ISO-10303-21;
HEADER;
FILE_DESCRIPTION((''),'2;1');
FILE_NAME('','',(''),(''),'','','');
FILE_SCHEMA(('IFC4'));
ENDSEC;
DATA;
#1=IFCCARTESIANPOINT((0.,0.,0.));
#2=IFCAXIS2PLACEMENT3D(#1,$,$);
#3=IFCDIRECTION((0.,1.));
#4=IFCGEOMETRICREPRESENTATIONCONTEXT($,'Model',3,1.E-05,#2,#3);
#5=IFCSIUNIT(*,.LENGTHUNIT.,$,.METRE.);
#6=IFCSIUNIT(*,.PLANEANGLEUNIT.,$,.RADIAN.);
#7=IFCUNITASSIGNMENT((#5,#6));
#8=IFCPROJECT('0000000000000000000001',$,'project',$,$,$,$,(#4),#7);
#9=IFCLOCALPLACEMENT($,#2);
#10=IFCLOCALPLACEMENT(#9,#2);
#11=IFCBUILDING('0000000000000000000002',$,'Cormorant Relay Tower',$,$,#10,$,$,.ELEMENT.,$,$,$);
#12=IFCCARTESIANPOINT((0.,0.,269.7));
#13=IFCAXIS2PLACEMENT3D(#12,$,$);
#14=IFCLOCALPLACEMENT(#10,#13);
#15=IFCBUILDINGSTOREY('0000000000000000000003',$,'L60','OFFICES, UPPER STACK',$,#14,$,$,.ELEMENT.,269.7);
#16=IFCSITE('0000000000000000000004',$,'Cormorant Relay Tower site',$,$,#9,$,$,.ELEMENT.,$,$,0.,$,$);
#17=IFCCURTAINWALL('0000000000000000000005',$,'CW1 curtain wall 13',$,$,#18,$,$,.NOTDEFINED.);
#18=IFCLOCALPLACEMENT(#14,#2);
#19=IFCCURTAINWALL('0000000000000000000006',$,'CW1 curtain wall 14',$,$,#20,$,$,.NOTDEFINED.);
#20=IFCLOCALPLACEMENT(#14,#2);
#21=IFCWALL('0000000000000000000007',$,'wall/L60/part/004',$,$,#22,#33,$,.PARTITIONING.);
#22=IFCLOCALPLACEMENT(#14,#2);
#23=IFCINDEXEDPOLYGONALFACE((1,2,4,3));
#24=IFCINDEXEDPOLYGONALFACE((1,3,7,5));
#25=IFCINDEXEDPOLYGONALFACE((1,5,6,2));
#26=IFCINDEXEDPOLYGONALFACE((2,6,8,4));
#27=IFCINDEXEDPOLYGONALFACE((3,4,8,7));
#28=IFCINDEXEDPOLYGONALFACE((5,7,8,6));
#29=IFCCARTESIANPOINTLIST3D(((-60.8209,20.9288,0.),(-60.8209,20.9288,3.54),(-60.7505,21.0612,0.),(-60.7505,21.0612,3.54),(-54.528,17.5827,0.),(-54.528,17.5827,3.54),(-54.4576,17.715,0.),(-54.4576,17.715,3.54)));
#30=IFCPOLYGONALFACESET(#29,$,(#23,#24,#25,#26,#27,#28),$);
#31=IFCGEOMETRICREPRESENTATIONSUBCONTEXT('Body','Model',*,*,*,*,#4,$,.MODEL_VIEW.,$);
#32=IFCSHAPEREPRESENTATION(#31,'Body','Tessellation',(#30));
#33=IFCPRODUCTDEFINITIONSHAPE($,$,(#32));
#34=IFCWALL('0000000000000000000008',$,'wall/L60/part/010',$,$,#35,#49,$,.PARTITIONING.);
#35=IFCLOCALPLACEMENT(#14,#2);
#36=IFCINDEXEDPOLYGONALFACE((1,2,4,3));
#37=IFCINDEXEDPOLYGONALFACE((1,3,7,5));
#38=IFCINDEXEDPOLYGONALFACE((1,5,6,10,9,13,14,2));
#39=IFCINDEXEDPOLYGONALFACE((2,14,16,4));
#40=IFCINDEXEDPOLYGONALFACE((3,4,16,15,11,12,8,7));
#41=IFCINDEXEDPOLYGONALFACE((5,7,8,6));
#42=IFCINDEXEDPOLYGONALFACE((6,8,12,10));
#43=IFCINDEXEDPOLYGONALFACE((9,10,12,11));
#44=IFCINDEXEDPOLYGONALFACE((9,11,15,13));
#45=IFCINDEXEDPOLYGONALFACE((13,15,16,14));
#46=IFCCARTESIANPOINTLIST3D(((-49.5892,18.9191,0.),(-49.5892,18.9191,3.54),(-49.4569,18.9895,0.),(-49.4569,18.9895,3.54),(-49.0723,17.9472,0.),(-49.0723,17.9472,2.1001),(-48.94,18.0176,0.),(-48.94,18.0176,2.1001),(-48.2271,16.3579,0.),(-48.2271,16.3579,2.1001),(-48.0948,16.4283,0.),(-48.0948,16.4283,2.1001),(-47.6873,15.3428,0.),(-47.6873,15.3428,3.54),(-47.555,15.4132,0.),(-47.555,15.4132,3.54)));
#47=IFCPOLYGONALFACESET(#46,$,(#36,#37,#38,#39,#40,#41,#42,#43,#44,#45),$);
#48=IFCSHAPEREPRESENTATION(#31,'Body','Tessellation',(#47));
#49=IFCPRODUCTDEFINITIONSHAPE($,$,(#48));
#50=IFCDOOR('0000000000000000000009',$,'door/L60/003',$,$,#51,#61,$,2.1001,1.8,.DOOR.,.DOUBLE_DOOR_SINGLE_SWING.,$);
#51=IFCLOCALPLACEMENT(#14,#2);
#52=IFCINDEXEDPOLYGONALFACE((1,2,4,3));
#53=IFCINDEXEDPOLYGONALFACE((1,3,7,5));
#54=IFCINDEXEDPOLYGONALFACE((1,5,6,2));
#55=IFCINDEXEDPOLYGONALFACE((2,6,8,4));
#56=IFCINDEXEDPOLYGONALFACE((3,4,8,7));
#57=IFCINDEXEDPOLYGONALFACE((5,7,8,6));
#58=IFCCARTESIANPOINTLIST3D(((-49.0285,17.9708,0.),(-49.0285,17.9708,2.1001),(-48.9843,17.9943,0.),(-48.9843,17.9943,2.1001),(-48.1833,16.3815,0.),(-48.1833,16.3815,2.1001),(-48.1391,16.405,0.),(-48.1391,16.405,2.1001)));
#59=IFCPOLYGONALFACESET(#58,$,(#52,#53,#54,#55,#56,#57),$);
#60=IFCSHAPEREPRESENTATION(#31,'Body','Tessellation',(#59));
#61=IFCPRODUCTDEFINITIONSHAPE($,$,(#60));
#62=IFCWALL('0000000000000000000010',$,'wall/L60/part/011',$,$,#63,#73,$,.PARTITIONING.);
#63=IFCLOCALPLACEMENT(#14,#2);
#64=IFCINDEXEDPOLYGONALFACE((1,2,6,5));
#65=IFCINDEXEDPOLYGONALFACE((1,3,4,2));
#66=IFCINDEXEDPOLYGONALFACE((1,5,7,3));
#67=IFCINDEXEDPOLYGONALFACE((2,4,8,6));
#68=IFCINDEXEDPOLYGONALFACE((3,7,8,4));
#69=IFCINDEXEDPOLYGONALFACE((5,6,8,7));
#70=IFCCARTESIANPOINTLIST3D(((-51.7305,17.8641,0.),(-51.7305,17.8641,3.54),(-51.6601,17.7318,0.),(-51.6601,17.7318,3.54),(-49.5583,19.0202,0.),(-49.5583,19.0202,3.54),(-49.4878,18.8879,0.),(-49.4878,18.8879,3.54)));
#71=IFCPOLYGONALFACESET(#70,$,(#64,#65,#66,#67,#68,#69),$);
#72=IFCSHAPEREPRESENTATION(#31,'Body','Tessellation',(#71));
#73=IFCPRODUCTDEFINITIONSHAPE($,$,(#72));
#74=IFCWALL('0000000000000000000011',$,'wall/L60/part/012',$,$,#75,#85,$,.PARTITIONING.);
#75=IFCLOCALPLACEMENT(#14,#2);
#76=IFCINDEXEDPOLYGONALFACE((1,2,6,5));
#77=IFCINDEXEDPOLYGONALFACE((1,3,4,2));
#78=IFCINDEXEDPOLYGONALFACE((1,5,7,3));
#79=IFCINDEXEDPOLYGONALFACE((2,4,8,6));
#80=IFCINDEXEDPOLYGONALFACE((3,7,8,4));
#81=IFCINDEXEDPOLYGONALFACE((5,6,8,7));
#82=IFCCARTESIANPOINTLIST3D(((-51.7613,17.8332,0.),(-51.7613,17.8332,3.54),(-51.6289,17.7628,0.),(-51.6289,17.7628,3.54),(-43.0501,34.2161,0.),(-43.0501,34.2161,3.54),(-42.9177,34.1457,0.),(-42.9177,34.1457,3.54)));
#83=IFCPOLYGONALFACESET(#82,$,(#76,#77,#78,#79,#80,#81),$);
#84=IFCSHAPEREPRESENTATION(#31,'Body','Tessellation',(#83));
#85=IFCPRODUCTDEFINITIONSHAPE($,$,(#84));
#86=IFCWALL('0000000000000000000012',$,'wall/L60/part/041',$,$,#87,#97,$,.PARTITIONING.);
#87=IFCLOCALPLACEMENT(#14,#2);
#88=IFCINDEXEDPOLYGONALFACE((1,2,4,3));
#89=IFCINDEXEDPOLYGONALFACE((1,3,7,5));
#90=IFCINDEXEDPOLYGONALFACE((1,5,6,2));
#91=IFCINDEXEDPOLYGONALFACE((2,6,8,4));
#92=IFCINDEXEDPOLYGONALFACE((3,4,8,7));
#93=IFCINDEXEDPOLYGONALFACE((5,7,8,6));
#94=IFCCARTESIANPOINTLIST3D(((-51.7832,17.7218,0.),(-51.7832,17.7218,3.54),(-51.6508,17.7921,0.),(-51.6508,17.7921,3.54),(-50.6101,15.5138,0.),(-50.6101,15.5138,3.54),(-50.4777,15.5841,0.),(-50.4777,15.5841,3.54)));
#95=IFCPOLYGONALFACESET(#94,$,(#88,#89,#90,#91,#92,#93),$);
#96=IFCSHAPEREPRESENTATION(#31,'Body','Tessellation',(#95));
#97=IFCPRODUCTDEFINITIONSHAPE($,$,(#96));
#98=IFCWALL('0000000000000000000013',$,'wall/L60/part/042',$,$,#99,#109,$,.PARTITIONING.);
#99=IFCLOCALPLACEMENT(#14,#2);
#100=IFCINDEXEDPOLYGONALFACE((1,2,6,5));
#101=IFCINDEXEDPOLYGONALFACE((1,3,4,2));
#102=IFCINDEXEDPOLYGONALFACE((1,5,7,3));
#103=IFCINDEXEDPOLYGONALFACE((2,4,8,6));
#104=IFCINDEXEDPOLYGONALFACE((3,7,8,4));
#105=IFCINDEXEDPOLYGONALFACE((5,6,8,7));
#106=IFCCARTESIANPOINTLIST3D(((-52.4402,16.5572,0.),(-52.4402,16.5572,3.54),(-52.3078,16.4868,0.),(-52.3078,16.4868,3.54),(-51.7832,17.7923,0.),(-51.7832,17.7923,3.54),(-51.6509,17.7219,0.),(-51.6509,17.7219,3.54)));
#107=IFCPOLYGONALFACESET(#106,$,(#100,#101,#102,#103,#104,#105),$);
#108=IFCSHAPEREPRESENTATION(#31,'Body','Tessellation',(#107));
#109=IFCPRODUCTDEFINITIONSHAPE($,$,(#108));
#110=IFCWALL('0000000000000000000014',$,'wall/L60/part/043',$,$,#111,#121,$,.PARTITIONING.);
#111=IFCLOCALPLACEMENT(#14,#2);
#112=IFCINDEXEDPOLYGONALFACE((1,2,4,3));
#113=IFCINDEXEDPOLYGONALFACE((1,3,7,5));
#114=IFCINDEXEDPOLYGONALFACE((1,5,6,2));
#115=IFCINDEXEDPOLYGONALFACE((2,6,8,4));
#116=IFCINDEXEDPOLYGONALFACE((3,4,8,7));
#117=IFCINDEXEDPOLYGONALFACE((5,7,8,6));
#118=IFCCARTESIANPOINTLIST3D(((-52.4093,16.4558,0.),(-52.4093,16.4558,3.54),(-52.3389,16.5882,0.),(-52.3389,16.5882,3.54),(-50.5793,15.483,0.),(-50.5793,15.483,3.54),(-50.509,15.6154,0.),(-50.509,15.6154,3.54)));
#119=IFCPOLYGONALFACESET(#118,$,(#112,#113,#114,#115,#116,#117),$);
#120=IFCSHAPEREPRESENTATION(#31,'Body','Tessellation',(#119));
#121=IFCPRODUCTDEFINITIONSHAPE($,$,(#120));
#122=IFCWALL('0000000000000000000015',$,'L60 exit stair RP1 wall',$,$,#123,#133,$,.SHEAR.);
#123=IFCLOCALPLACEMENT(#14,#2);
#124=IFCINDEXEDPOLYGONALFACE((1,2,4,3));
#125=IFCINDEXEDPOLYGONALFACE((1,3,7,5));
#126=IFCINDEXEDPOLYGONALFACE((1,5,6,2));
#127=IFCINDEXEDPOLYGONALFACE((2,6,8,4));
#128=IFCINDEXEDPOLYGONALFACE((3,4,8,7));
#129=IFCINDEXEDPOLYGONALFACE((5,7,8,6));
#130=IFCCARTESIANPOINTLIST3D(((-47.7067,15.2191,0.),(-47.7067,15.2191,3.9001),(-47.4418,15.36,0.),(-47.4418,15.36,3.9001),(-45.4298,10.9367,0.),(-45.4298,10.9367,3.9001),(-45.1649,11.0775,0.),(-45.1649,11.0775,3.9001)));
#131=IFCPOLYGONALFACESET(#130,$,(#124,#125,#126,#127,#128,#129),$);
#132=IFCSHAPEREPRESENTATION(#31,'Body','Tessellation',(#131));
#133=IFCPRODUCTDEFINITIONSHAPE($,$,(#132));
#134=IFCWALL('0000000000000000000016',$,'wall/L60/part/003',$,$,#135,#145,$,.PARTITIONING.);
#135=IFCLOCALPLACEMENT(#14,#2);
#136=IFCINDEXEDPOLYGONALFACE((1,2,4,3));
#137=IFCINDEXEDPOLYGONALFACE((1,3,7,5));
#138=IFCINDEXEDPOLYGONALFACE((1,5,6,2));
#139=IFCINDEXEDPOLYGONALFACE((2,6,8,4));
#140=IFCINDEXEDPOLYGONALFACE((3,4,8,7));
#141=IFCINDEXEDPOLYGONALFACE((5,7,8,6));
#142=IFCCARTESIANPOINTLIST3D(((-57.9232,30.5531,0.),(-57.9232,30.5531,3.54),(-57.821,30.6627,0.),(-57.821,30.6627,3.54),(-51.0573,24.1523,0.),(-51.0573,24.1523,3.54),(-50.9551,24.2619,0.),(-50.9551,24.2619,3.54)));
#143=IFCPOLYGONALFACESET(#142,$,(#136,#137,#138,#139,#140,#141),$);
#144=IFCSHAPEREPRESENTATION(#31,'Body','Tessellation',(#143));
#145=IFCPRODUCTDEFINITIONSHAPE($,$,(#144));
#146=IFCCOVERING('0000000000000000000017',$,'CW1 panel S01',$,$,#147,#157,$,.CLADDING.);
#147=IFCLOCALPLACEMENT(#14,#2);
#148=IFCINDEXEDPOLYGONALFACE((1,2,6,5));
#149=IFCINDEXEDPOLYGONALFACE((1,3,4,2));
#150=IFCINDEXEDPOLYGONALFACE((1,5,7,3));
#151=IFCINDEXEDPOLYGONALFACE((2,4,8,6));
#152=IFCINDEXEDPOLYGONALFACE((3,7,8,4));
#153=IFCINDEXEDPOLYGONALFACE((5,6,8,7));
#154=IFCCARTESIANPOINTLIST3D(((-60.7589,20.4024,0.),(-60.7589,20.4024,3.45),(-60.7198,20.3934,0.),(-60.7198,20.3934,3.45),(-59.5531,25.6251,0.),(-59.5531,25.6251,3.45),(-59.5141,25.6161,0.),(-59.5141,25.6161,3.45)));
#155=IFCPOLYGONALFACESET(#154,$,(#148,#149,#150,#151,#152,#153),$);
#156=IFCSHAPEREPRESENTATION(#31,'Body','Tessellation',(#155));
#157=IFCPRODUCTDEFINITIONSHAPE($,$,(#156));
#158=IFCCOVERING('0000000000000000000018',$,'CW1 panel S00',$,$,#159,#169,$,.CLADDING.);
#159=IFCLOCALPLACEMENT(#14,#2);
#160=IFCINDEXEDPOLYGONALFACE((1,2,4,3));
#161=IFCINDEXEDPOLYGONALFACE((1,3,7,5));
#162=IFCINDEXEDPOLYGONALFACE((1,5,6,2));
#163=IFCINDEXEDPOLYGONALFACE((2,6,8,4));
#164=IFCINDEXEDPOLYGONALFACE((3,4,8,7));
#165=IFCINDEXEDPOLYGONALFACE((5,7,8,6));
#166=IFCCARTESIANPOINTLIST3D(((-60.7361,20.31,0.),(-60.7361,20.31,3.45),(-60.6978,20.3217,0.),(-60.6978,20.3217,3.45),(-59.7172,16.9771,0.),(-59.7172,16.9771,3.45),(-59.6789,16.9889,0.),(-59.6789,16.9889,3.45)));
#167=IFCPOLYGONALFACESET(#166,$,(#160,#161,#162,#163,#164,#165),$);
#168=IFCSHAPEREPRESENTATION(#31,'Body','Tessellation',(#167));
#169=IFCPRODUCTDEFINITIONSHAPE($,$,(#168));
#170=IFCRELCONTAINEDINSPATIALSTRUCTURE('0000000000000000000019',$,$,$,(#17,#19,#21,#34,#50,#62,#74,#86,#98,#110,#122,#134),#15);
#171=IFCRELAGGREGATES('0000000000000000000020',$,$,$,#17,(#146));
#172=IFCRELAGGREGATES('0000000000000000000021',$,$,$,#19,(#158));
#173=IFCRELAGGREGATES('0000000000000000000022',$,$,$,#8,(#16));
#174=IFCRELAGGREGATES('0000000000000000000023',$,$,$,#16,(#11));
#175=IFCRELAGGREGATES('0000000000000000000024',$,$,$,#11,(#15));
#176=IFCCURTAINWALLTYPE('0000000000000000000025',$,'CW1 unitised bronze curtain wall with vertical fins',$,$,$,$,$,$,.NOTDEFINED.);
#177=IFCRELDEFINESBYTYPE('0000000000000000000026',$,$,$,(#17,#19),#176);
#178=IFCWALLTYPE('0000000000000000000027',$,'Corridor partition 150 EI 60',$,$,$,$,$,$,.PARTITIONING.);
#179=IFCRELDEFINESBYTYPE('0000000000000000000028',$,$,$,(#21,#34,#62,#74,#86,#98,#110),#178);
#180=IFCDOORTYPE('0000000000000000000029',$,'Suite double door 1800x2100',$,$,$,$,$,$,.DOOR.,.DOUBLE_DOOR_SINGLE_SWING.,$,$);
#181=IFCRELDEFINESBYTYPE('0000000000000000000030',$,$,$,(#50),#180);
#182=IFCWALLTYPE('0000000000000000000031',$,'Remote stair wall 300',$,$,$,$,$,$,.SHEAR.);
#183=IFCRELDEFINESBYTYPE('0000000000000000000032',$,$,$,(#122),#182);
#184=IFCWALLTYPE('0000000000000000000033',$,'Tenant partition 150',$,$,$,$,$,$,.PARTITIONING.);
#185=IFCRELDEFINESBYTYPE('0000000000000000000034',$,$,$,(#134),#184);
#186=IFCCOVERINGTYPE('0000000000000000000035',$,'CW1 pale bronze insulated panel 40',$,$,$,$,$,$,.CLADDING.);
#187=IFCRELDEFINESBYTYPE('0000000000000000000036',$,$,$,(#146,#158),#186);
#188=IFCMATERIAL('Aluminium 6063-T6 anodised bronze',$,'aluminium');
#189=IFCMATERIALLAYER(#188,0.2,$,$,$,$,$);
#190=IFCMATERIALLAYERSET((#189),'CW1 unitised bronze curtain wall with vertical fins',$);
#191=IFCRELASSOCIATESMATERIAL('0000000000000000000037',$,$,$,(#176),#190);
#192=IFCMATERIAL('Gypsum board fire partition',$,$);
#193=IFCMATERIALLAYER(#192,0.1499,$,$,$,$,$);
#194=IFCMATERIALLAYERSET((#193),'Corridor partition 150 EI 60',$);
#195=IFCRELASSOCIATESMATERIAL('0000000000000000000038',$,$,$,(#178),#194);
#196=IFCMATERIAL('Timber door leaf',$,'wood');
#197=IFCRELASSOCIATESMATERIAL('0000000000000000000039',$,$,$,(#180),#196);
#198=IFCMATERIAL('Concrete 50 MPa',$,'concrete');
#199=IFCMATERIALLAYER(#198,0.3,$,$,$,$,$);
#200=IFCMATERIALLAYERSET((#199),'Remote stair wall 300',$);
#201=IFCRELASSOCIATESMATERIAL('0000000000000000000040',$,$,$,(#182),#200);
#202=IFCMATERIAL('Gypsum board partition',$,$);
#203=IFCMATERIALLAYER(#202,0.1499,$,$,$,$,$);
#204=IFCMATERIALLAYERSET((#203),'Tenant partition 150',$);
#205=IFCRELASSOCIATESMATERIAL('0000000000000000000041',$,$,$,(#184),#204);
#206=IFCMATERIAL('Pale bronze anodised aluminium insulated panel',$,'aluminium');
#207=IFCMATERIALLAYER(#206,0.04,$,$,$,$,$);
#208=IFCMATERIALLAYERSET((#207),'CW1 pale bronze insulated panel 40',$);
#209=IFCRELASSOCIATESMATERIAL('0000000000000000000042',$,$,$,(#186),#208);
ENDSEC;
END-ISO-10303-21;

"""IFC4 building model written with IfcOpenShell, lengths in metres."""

from ifc_helpers import new_model, si_unit, direction, frame, frame_2d, origin, origin_2d, place, context, subcontext, project, spatial, rectangle, extrude, material, layer, layer_set, type_object, element, fill, aggregate, save


model = new_model("IFC4")

# Units and contexts
model_context = context("Model", 3, precision=1e-05, world=origin(), true_north=direction((0.0, 1.0)))
body_context = subcontext(model_context, "Body", "Model", "MODEL_VIEW")
ifc_project = project(units=[si_unit("LENGTHUNIT", "METRE"), si_unit("PLANEANGLEUNIT", "RADIAN")], contexts=[model_context])

# Site, building, storey
site_placement = place(None, origin())
site = spatial("IfcSite", under=ifc_project, at=site_placement, Name="Cormorant Relay Tower site", CompositionType="ELEMENT", RefElevation=0.0)
building_placement = place(site_placement, origin())
building = spatial("IfcBuilding", under=site, at=building_placement, Name="Cormorant Relay Tower", CompositionType="ELEMENT")
storey_placement = place(building_placement, frame((0.0, 0.0, 269.7)))
storey = spatial("IfcBuildingStorey", under=building, at=storey_placement, Name="L60", Description="OFFICES, UPPER STACK", CompositionType="ELEMENT", Elevation=269.7)

# Curtain wall
ifc_material_1 = material(Name="Aluminium 6063-T6 anodised bronze", Category="aluminium")
ifc_layer_1 = layer(ifc_material_1, 0.2)
ifc_layer_set_1 = layer_set([ifc_layer_1], Name="CW1 unitised bronze curtain wall with vertical fins")
curtain_wall_type = type_object("IfcCurtainWallType", Name="CW1 unitised bronze curtain wall with vertical fins", PredefinedType="NOTDEFINED", material=ifc_layer_set_1)
curtain_wall_1_placement = place(storey_placement, origin())
curtain_wall_1 = element("IfcCurtainWall", 1, at=curtain_wall_1_placement, inside=storey, type_object=curtain_wall_type, Name="CW1 curtain wall 13", PredefinedType="NOTDEFINED")

# Curtain wall
curtain_wall_2_placement = place(storey_placement, origin())
curtain_wall_2 = element("IfcCurtainWall", 2, at=curtain_wall_2_placement, inside=storey, type_object=curtain_wall_type, Name="CW1 curtain wall 14", PredefinedType="NOTDEFINED")

# Shared definitions
ifc_material_2 = material(Name="Gypsum board fire partition")
ifc_layer_2 = layer(ifc_material_2, 0.1499)
ifc_layer_set_2 = layer_set([ifc_layer_2], Name="Corridor partition 150 EI 60")
wall_type_1 = type_object("IfcWallType", Name="Corridor partition 150 EI 60", PredefinedType="PARTITIONING", material=ifc_layer_set_2)

# Wall
wall_1_placement = place(storey_placement, frame((-54.4929, 17.6489, 0.0), z_axis=(0.0, 0.0, 1.0), x_axis=(-0.882938, 0.469489, 0.0)))
element("IfcWall", 3, at=wall_1_placement, inside=storey, type_object=wall_type_1, Name="wall/L60/part/004", PredefinedType="PARTITIONING", context=body_context, shape_type="SweptSolid", body=[
    extrude(rectangle(XDim=7.1272, YDim=0.1499, at=frame_2d((3.5635, 0.0))), origin(), (0.0, 0.0, 1.0), 3.54),
])

# Wall, opening, door
wall_2_placement = place(storey_placement, frame((-47.6211, 15.3779, 0.0), z_axis=(0.0, 0.0, 1.0), x_axis=(-0.469543, 0.88291, 0.0)))
wall_2 = element("IfcWall", 4, at=wall_2_placement, inside=storey, type_object=wall_type_1, Name="wall/L60/part/010", PredefinedType="PARTITIONING", context=body_context, shape_type="SweptSolid", body=[
    extrude(rectangle(XDim=4.0505, YDim=0.1499, at=frame_2d((2.0254, 0.0))), origin(), (0.0, 0.0, 1.0), 3.54),
])
opening_1_placement = place(wall_2_placement, frame((1.1499, 0.0, 0.0)))
opening_1 = element("IfcOpeningElement", 5, at=opening_1_placement, cuts=wall_2, PredefinedType="OPENING", context=body_context, shape_type="SweptSolid", body=[
    extrude(rectangle(XDim=1.8, YDim=2.1001, at=frame_2d((0.8999, 1.05))), frame((0.0, 0.085, 0.0), z_axis=(0.0, -1.0, 0.0), x_axis=(1.0, 0.0, 0.0)), (0.0, 0.0, 1.0), 0.1699),
])
ifc_material_3 = material(Name="Timber door leaf", Category="wood")
door_type_1 = type_object("IfcDoorType", Name="Suite double door 1800x2100", OperationType="DOUBLE_DOOR_SINGLE_SWING", PredefinedType="DOOR", material=ifc_material_3)
door_1_placement = place(opening_1_placement, frame((1.8, 0.0, 0.0), z_axis=(0.0, 0.0, 1.0), x_axis=(-1.0, 0.0, 0.0)))
door_1 = element("IfcDoor", 6, at=door_1_placement, inside=storey, type_object=door_type_1, Name="door/L60/003", OperationType="DOUBLE_DOOR_SINGLE_SWING", OverallHeight=2.1001, OverallWidth=1.8, PredefinedType="DOOR", context=body_context, shape_type="SweptSolid", body=[
    extrude(rectangle(XDim=1.8, YDim=2.1001, at=frame_2d((0.8999, 1.05))), frame((0.0, 0.0249, 0.0), z_axis=(0.0, -1.0, 0.0), x_axis=(1.0, 0.0, 0.0)), (0.0, 0.0, 1.0), 0.05),
])
fill(opening_1, door_1)

# Walls
wall_3_placement = place(storey_placement, frame((-49.5229, 18.9541, 0.0), z_axis=(0.0, 0.0, 1.0), x_axis=(-0.882767, -0.46981, 0.0)))
element("IfcWall", 7, at=wall_3_placement, inside=storey, type_object=wall_type_1, Name="wall/L60/part/011", PredefinedType="PARTITIONING", context=body_context, shape_type="SweptSolid", body=[
    extrude(rectangle(XDim=2.4607, YDim=0.1499, at=frame_2d((1.2305, 0.0))), origin(), (0.0, 0.0, 1.0), 3.54),
])
wall_4_placement = place(storey_placement, frame((-51.6951, 17.7981, 0.0), z_axis=(0.0, 0.0, 1.0), x_axis=(0.469484, 0.882941, 0.0)))
element("IfcWall", 8, at=wall_4_placement, inside=storey, type_object=wall_type_1, Name="wall/L60/part/012", PredefinedType="PARTITIONING", context=body_context, shape_type="SweptSolid", body=[
    extrude(rectangle(XDim=18.5549, YDim=0.1499, at=frame_2d((9.2773, 0.0))), origin(), (0.0, 0.0, 1.0), 3.54),
])
wall_5_placement = place(storey_placement, frame((-50.5439, 15.5491, 0.0), z_axis=(0.0, 0.0, 1.0), x_axis=(-0.469184, 0.883101, 0.0)))
element("IfcWall", 9, at=wall_5_placement, inside=storey, type_object=wall_type_1, Name="wall/L60/part/041", PredefinedType="PARTITIONING", context=body_context, shape_type="SweptSolid", body=[
    extrude(rectangle(XDim=2.5002, YDim=0.1499, at=frame_2d((1.25, 0.0))), origin(), (0.0, 0.0, 1.0), 3.54),
])
wall_6_placement = place(storey_placement, frame((-51.717, 17.7571, 0.0), z_axis=(0.0, 0.0, 1.0), x_axis=(-0.469619, -0.882869, 0.0)))
element("IfcWall", 10, at=wall_6_placement, inside=storey, type_object=wall_type_1, Name="wall/L60/part/042", PredefinedType="PARTITIONING", context=body_context, shape_type="SweptSolid", body=[
    extrude(rectangle(XDim=1.3989, YDim=0.1499, at=frame_2d((0.6995, 0.0))), origin(), (0.0, 0.0, 1.0), 3.54),
])
wall_7_placement = place(storey_placement, frame((-52.374, 16.522, 0.0), z_axis=(0.0, 0.0, 1.0), x_axis=(0.882981, -0.469408, 0.0)))
element("IfcWall", 11, at=wall_7_placement, inside=storey, type_object=wall_type_1, Name="wall/L60/part/043", PredefinedType="PARTITIONING", context=body_context, shape_type="SweptSolid", body=[
    extrude(rectangle(XDim=2.0725, YDim=0.1499, at=frame_2d((1.0361, 0.0))), origin(), (0.0, 0.0, 1.0), 3.54),
])
ifc_material_4 = material(Name="Concrete 50 MPa", Category="concrete")
ifc_layer_3 = layer(ifc_material_4, 0.3)
ifc_layer_set_3 = layer_set([ifc_layer_3], Name="Remote stair wall 300")
wall_type_2 = type_object("IfcWallType", Name="Remote stair wall 300", PredefinedType="SHEAR", material=ifc_layer_set_3)
wall_8_placement = place(storey_placement, frame((-47.5742, 15.2896, 0.0), z_axis=(0.0, 0.0, 1.0), x_axis=(0.469443, -0.882963, 0.0)))
element("IfcWall", 12, at=wall_8_placement, inside=storey, type_object=wall_type_2, Name="L60 exit stair RP1 wall", PredefinedType="SHEAR", context=body_context, shape_type="SweptSolid", body=[
    extrude(rectangle(XDim=4.8501, YDim=0.3, at=frame_2d((2.425, 0.0))), origin(), (0.0, 0.0, 1.0), 3.9001),
])
ifc_material_5 = material(Name="Gypsum board partition")
ifc_layer_4 = layer(ifc_material_5, 0.1499)
ifc_layer_set_4 = layer_set([ifc_layer_4], Name="Tenant partition 150")
wall_type_3 = type_object("IfcWallType", Name="Tenant partition 150", PredefinedType="PARTITIONING", material=ifc_layer_set_4)
wall_9_placement = place(storey_placement, frame((-57.8721, 30.6079, 0.0), z_axis=(0.0, 0.0, 1.0), x_axis=(0.731446, -0.681899, 0.0)))
element("IfcWall", 13, at=wall_9_placement, inside=storey, type_object=wall_type_3, Name="wall/L60/part/003", PredefinedType="PARTITIONING", context=body_context, shape_type="SweptSolid", body=[
    extrude(rectangle(XDim=9.3867, YDim=0.1499, at=frame_2d((4.6934, 0.0))), origin(), (0.0, 0.0, 1.0), 3.54),
])

# Coverings
ifc_material_6 = material(Name="Pale bronze anodised aluminium insulated panel", Category="aluminium")
ifc_layer_5 = layer(ifc_material_6, 0.04)
ifc_layer_set_5 = layer_set([ifc_layer_5], Name="CW1 pale bronze insulated panel 40")
covering_type = type_object("IfcCoveringType", Name="CW1 pale bronze insulated panel 40", PredefinedType="CLADDING", material=ifc_layer_set_5)
covering_1_placement = place(storey_placement, frame((-60.1365, 23.0093, 0.0), z_axis=(0.0, 0.0, 1.0), x_axis=(-0.224951, -0.97437, 0.0)))
covering_1 = element("IfcCovering", 14, at=covering_1_placement, type_object=covering_type, Name="CW1 panel S01", PredefinedType="CLADDING", context=body_context, shape_type="SweptSolid", body=[
    extrude(rectangle(XDim=5.3601, YDim=0.04, at=origin_2d()), origin(), (0.0, 0.0, 1.0), 3.45),
])
aggregate(curtain_wall_1, [covering_1])
covering_2_placement = place(storey_placement, frame((-60.2075, 18.6494, 0.0), z_axis=(0.0, 0.0, 1.0), x_axis=(0.292372, -0.956305, 0.0)))
covering_2 = element("IfcCovering", 15, at=covering_2_placement, type_object=covering_type, Name="CW1 panel S00", PredefinedType="CLADDING", context=body_context, shape_type="SweptSolid", body=[
    extrude(rectangle(XDim=3.4851, YDim=0.04, at=origin_2d()), origin(), (0.0, 0.0, 1.0), 3.45),
])
aggregate(curtain_wall_2, [covering_2])

save(model, "model.ifc")
